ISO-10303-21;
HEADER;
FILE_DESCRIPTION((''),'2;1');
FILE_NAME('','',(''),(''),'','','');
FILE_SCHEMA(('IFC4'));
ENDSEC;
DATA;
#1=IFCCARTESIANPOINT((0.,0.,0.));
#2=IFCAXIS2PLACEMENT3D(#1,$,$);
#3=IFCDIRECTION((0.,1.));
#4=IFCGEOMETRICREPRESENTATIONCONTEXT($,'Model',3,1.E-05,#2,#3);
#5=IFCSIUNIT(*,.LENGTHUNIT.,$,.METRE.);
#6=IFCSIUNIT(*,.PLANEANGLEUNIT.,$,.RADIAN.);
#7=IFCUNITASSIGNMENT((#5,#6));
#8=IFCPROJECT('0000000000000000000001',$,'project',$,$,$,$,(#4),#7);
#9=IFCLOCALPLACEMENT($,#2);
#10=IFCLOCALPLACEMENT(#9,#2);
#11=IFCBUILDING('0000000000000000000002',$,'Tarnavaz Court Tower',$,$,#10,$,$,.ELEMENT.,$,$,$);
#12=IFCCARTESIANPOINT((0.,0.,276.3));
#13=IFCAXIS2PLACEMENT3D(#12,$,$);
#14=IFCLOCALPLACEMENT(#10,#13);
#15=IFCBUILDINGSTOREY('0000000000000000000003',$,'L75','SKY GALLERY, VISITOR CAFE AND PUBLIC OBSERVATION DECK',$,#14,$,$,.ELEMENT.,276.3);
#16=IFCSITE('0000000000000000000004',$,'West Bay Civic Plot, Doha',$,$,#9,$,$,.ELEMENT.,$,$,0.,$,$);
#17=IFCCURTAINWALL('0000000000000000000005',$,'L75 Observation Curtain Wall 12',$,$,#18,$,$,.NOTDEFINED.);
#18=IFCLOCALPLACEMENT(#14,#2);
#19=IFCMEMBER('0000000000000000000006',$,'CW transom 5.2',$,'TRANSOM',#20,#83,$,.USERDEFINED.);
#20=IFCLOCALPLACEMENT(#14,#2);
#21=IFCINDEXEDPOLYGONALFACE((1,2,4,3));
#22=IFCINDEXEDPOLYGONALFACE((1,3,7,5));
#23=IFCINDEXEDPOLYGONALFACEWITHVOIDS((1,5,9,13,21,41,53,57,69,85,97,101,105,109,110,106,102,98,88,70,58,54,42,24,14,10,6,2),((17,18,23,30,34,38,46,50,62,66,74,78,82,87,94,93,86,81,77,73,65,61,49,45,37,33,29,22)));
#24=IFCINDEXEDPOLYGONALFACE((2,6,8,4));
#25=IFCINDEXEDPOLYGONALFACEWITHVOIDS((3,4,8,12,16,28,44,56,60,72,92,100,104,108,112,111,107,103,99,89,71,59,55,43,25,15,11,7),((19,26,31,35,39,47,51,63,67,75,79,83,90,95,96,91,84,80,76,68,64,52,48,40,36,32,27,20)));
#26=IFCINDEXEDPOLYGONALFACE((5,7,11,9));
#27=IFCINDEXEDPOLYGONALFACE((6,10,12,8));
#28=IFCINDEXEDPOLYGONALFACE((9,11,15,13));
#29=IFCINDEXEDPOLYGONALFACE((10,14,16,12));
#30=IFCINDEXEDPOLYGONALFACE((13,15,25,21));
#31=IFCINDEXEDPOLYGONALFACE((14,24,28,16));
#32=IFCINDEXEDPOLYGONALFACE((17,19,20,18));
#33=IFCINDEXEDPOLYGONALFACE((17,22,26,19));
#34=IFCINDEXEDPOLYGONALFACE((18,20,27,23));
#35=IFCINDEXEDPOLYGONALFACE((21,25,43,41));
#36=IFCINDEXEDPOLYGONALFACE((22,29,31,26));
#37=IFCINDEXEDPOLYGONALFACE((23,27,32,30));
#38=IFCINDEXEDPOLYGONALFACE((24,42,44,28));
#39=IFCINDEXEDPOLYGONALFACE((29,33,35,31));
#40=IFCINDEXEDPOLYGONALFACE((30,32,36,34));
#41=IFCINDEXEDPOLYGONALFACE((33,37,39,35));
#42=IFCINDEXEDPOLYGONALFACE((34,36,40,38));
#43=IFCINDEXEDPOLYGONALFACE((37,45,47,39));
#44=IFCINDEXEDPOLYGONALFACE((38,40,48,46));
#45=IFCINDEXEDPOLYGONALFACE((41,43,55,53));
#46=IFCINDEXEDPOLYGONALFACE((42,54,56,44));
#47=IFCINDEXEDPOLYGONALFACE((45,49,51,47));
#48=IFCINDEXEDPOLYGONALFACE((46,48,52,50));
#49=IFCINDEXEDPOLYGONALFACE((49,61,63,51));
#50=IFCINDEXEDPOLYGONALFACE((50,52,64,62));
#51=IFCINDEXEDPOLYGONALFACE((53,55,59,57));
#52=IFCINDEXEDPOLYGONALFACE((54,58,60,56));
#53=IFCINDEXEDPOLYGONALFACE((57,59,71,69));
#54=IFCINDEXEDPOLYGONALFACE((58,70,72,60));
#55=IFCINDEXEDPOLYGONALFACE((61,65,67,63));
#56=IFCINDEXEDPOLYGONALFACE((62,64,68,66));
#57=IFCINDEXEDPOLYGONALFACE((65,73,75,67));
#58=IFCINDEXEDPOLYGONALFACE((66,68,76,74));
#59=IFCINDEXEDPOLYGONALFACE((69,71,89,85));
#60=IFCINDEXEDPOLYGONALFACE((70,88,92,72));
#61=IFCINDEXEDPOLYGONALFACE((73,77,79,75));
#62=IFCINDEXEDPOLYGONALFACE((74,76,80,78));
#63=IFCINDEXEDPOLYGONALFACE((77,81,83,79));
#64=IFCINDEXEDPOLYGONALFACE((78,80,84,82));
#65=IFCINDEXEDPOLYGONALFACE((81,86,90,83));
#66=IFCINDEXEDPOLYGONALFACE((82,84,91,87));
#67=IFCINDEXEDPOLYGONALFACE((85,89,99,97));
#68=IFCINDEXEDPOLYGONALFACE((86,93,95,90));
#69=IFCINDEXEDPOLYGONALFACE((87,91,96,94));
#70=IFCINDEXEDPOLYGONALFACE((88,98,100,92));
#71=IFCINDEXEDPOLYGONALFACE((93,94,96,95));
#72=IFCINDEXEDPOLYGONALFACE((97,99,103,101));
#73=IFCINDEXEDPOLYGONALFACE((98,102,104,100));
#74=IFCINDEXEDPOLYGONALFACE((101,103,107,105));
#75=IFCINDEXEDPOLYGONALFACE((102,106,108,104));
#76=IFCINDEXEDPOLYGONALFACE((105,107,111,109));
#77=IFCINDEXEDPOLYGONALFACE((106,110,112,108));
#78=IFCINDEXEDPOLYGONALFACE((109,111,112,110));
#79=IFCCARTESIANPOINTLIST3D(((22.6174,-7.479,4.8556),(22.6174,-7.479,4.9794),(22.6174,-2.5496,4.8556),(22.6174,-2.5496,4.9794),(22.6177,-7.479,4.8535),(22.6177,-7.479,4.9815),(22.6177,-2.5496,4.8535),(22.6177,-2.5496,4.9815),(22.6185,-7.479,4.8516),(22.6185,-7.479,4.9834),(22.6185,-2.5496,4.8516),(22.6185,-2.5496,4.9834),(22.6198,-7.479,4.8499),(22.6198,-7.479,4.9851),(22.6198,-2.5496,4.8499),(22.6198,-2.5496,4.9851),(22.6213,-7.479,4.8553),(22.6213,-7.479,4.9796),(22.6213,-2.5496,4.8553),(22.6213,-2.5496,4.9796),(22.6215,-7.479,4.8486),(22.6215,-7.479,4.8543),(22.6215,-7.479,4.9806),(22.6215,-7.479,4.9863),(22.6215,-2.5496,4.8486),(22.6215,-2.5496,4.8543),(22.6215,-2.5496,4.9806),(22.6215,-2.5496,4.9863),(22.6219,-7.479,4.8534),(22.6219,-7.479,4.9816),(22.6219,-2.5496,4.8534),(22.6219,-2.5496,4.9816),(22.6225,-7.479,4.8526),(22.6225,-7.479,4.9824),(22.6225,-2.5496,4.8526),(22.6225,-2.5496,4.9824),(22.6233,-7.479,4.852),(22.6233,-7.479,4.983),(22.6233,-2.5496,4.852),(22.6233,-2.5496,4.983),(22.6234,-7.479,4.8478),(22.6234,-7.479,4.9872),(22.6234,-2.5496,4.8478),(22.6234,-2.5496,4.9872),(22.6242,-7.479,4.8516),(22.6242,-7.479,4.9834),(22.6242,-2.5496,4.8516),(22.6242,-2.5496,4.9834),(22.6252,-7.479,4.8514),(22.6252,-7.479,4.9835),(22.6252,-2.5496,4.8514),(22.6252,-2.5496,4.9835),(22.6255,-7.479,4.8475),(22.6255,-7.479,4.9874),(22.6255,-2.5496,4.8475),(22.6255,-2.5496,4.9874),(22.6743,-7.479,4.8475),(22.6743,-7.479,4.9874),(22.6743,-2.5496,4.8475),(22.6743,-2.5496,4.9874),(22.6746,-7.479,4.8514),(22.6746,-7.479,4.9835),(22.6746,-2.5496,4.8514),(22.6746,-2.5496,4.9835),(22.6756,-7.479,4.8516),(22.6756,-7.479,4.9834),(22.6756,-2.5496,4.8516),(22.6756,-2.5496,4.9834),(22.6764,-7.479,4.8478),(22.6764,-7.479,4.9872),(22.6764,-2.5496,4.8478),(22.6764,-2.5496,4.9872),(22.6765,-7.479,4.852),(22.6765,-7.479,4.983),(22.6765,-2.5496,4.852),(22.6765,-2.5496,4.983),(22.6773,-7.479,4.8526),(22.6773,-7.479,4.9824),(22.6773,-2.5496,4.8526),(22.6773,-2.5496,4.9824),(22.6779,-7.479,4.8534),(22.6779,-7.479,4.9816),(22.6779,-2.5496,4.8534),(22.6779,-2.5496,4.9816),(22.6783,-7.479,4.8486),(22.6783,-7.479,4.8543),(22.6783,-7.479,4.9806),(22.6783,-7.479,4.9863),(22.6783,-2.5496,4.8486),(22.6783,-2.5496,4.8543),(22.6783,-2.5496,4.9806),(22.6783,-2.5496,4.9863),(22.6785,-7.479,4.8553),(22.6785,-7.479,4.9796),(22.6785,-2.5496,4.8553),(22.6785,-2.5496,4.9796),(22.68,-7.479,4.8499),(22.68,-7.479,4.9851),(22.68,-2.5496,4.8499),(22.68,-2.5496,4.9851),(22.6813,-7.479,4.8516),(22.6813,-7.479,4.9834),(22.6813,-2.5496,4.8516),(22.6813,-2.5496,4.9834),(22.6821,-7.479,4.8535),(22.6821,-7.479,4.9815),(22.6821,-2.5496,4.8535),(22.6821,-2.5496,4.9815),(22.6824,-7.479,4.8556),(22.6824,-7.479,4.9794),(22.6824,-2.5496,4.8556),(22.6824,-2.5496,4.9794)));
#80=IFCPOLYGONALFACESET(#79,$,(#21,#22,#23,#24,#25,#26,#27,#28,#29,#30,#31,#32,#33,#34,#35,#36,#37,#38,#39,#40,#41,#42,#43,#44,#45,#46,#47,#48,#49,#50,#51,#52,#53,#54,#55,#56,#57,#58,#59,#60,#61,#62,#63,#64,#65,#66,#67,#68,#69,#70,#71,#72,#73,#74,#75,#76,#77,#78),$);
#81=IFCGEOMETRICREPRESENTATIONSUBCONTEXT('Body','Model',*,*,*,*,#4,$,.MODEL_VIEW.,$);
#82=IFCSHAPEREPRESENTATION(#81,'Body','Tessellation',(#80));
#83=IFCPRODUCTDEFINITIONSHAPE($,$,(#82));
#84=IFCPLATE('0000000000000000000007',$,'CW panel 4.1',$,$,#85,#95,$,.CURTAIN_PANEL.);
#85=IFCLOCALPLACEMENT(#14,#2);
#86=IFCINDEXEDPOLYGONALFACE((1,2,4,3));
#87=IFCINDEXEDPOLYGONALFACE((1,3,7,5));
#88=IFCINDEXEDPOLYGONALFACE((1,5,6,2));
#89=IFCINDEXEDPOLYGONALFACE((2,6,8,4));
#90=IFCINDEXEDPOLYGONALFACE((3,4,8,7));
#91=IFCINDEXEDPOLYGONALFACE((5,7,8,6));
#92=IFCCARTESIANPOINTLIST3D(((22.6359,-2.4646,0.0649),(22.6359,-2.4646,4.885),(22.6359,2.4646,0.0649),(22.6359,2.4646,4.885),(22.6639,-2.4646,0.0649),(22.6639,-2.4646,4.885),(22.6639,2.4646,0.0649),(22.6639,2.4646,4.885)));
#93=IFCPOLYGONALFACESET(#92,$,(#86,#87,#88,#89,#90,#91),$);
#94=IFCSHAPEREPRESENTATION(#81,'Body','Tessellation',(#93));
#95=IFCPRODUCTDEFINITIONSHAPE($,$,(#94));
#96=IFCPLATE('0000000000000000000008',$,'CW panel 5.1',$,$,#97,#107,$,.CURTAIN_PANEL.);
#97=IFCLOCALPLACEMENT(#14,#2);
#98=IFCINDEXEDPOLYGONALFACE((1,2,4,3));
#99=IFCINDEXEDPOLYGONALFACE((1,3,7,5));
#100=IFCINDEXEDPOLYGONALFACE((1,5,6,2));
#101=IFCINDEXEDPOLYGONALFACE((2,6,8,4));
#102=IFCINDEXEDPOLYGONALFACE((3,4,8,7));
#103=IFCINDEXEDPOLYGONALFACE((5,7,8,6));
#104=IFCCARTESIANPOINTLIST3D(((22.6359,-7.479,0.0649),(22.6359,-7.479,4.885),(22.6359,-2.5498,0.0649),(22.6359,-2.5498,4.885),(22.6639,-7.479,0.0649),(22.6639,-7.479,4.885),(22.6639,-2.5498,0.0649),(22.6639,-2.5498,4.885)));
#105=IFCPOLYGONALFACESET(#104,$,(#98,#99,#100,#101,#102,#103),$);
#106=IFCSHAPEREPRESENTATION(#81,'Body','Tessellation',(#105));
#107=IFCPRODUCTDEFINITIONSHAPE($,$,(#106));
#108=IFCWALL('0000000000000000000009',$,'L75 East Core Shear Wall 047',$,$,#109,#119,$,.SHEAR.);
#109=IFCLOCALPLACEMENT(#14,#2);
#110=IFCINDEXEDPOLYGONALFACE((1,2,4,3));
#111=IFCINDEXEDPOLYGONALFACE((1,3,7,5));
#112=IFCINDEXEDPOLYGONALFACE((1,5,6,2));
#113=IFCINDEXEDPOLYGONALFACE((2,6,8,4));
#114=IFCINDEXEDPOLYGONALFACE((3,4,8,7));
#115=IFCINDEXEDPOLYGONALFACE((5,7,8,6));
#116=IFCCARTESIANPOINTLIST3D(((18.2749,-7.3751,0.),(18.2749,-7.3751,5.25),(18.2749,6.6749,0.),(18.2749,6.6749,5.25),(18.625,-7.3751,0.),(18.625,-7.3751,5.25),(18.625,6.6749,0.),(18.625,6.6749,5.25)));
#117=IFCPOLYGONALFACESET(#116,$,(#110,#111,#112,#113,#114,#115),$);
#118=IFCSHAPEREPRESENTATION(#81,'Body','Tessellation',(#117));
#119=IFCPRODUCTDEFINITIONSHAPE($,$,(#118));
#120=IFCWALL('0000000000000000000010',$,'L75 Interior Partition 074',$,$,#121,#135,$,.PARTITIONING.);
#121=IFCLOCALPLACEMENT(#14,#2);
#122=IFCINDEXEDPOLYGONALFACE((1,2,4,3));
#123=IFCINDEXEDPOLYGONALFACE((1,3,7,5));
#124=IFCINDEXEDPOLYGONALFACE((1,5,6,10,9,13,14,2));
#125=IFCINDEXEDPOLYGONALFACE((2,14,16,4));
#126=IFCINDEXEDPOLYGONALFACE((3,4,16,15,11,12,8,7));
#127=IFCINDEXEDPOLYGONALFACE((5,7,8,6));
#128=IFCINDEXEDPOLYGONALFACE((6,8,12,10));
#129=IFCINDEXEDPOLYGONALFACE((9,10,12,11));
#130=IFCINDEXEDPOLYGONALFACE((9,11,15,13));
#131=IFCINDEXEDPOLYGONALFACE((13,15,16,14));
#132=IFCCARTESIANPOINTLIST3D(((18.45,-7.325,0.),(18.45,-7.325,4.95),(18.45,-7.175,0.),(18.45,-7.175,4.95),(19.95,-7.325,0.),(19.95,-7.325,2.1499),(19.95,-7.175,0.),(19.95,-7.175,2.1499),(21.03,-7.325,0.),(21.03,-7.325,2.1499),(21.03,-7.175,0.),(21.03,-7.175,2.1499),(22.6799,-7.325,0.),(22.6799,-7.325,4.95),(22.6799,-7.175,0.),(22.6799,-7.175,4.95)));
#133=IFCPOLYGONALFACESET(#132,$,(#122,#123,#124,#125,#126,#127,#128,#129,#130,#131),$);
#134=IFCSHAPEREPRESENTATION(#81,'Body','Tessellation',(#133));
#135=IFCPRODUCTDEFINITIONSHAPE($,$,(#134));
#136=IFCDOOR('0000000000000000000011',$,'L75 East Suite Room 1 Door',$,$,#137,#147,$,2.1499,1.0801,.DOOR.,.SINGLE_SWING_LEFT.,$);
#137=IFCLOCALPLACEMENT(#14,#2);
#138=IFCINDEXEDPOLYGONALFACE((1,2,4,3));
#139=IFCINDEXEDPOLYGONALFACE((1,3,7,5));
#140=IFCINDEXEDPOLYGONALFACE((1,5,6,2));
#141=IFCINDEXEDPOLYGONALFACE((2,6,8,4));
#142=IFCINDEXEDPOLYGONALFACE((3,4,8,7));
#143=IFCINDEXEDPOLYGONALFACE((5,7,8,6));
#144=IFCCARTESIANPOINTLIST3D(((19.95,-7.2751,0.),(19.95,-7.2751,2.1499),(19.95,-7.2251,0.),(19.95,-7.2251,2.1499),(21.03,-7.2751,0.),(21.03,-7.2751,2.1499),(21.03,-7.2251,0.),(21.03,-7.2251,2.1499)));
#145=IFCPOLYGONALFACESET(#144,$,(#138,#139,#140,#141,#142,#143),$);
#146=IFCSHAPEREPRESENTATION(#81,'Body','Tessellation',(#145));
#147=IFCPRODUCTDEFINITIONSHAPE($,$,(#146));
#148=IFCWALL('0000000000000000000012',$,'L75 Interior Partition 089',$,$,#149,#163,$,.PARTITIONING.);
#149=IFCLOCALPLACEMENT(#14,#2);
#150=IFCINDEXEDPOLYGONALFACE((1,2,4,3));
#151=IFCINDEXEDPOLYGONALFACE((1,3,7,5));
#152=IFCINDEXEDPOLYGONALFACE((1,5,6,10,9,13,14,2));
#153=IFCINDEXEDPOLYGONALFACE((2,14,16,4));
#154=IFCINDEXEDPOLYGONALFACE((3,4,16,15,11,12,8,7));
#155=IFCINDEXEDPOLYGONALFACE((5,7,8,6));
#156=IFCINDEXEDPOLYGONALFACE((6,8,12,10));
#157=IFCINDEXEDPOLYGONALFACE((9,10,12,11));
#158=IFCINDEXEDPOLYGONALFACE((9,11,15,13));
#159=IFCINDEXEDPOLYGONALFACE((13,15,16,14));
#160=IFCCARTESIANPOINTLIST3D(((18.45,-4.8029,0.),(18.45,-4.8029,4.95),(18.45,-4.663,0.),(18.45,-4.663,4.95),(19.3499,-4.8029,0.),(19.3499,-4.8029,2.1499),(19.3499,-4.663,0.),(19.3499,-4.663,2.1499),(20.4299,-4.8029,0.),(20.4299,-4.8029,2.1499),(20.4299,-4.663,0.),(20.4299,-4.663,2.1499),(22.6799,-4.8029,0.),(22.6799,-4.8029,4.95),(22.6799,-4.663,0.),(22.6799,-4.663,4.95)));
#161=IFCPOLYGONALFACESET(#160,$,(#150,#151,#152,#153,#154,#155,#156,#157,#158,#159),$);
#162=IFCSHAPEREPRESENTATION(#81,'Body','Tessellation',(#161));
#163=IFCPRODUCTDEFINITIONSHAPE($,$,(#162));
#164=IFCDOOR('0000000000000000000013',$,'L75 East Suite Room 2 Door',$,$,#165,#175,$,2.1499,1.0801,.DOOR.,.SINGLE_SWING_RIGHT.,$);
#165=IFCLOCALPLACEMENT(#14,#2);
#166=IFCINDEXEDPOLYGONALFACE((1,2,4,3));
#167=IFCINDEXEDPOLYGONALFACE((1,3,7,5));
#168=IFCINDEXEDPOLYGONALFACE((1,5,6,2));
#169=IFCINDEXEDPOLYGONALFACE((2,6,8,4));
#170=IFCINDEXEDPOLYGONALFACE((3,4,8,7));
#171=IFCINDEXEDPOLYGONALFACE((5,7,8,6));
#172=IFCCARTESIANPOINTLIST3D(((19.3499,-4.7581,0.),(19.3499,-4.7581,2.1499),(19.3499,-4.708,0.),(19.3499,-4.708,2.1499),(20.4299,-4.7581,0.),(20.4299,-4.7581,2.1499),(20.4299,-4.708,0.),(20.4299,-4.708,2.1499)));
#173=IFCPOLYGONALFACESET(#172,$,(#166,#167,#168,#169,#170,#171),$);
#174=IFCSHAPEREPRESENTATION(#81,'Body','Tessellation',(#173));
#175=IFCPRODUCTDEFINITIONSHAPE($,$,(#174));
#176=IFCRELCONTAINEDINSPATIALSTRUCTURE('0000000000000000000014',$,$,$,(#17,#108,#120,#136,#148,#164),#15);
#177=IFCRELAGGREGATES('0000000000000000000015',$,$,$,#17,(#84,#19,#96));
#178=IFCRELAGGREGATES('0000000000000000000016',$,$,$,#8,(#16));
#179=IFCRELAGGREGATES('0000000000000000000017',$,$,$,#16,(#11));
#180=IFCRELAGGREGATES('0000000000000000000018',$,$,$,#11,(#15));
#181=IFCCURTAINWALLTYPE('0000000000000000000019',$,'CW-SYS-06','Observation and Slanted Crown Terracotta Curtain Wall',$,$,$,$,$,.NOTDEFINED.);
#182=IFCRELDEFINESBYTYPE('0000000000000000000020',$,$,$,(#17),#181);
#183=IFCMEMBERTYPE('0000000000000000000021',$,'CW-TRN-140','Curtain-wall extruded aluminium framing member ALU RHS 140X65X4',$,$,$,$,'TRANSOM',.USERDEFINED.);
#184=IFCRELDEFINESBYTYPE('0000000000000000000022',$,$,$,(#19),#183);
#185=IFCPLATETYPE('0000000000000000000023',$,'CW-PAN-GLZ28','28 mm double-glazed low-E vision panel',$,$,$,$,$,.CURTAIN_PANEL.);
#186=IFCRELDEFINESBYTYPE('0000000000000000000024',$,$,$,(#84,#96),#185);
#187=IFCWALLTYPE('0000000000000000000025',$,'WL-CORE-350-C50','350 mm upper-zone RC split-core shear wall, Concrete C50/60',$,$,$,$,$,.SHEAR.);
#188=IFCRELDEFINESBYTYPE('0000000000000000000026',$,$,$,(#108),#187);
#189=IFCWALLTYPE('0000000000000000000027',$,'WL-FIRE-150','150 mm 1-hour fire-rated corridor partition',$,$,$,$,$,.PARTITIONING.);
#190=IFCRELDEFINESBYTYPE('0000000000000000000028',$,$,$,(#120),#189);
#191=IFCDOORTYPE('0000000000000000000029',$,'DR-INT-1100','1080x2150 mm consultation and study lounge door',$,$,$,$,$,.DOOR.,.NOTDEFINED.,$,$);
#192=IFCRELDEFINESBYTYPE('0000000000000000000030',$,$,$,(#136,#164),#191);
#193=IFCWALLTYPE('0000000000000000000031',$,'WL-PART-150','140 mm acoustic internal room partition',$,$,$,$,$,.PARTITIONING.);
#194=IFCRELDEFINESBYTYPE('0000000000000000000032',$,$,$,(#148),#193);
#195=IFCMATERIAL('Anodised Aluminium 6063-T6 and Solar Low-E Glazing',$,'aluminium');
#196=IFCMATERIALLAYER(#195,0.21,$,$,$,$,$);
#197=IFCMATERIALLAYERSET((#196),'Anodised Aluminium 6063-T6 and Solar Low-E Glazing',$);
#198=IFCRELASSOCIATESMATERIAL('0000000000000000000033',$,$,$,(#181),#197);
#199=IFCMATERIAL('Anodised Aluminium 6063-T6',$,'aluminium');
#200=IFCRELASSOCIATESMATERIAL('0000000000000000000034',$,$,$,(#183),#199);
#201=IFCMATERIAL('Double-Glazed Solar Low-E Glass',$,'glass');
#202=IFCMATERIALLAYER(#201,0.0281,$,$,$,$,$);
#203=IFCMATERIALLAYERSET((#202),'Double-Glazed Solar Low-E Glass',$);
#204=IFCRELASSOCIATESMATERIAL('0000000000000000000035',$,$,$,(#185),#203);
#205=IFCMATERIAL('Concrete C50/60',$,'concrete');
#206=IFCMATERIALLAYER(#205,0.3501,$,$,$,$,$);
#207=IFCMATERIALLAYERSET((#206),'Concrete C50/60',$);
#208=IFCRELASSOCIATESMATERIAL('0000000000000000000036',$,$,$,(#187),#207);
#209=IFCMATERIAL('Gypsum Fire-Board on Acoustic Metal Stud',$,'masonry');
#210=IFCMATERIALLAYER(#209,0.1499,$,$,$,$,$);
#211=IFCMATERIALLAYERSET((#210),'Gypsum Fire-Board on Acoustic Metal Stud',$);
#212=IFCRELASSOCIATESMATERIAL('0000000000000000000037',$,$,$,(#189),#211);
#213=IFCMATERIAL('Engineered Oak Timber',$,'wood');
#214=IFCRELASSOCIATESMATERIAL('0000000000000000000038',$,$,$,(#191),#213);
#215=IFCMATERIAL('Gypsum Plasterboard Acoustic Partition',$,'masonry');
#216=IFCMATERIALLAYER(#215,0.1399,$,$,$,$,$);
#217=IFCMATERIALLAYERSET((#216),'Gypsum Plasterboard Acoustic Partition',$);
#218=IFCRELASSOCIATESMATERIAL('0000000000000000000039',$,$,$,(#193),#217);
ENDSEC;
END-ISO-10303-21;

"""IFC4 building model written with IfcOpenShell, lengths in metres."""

from ifc_helpers import new_model, si_unit, direction, frame, frame_2d, origin, origin_2d, place, context, subcontext, project, spatial, rectangle, hollow_rectangle, extrude, material, layer, layer_set, material_profile, profile_set, type_object, element, fill, aggregate, save


model = new_model("IFC4")

# Units and contexts
model_context = context("Model", 3, precision=1e-05, world=origin(), true_north=direction((0.0, 1.0)))
body_context = subcontext(model_context, "Body", "Model", "MODEL_VIEW")
ifc_project = project(units=[si_unit("LENGTHUNIT", "METRE"), si_unit("PLANEANGLEUNIT", "RADIAN")], contexts=[model_context])

# Site, building, storey
site_placement = place(None, origin())
site = spatial("IfcSite", under=ifc_project, at=site_placement, Name="West Bay Civic Plot, Doha", CompositionType="ELEMENT", RefElevation=0.0)
building_placement = place(site_placement, origin())
building = spatial("IfcBuilding", under=site, at=building_placement, Name="Tarnavaz Court Tower", CompositionType="ELEMENT")
storey_placement = place(building_placement, frame((0.0, 0.0, 276.3)))
storey = spatial("IfcBuildingStorey", under=building, at=storey_placement, Name="L75", Description="SKY GALLERY, VISITOR CAFE AND PUBLIC OBSERVATION DECK", CompositionType="ELEMENT", Elevation=276.3)

# Shared definitions
ifc_material_1 = material(Name="Concrete C50/60", Category="concrete")

# Curtain wall, member, plates
ifc_material_2 = material(Name="Anodised Aluminium 6063-T6 and Solar Low-E Glazing", Category="aluminium")
ifc_layer_1 = layer(ifc_material_2, 0.21)
ifc_layer_set_1 = layer_set([ifc_layer_1], Name="Anodised Aluminium 6063-T6 and Solar Low-E Glazing")
curtain_wall_type = type_object("IfcCurtainWallType", Name="CW-SYS-06", Description="Observation and Slanted Crown Terracotta Curtain Wall", PredefinedType="NOTDEFINED", material=ifc_layer_set_1)
curtain_wall_placement = place(storey_placement, origin())
curtain_wall = element("IfcCurtainWall", 1, at=curtain_wall_placement, inside=storey, type_object=curtain_wall_type, Name="L75 Observation Curtain Wall 12", PredefinedType="NOTDEFINED")
ifc_material_3 = material(Name="Anodised Aluminium 6063-T6", Category="aluminium")
ifc_material_profile_1 = material_profile(ifc_material_3, hollow_rectangle(XDim=0.0649, YDim=0.1399, WallThickness=0.0039, InnerFilletRadius=0.0039, OuterFilletRadius=0.0081, at=origin_2d()), Name="ALU RHS 140X65X4")
ifc_profile_set_1 = profile_set([ifc_material_profile_1], Name="Anodised Aluminium 6063-T6")
member_type_1 = type_object("IfcMemberType", Name="CW-TRN-140", Description="Curtain-wall extruded aluminium framing member ALU RHS 140X65X4", ElementType="TRANSOM", PredefinedType="USERDEFINED", material=ifc_profile_set_1)
member_1_placement = place(storey_placement, frame((22.6499, -2.5496, 4.9175), z_axis=(0.0, -1.0, 0.0), x_axis=(1.0, 0.0, 0.0)))
member_1 = element("IfcMember", 2, at=member_1_placement, type_object=member_type_1, Name="CW transom 5.2", ObjectType="TRANSOM", PredefinedType="USERDEFINED", context=body_context, shape_type="SweptSolid", body=[
    extrude(hollow_rectangle(XDim=0.0649, YDim=0.1399, WallThickness=0.0039, InnerFilletRadius=0.0039, OuterFilletRadius=0.0081, at=origin_2d()), origin(), (0.0, 0.0, 1.0), 4.9294),
])
ifc_material_4 = material(Name="Double-Glazed Solar Low-E Glass", Category="glass")
ifc_layer_2 = layer(ifc_material_4, 0.0281)
ifc_layer_set_2 = layer_set([ifc_layer_2], Name="Double-Glazed Solar Low-E Glass")
plate_type = type_object("IfcPlateType", Name="CW-PAN-GLZ28", Description="28 mm double-glazed low-E vision panel", PredefinedType="CURTAIN_PANEL", material=ifc_layer_set_2)
plate_1_placement = place(storey_placement, frame((22.6499, 0.0, 0.0649), z_axis=(0.0, 0.0, 1.0), x_axis=(0.0, -1.0, 0.0)))
plate_1 = element("IfcPlate", 3, at=plate_1_placement, type_object=plate_type, Name="CW panel 4.1", PredefinedType="CURTAIN_PANEL", context=body_context, shape_type="SweptSolid", body=[
    extrude(rectangle(XDim=4.9292, YDim=0.0281, at=origin_2d()), origin(), (0.0, 0.0, 1.0), 4.8201),
])
plate_2_placement = place(storey_placement, frame((22.6499, -5.0144, 0.0649), z_axis=(0.0, 0.0, 1.0), x_axis=(0.0, -1.0, 0.0)))
plate_2 = element("IfcPlate", 4, at=plate_2_placement, type_object=plate_type, Name="CW panel 5.1", PredefinedType="CURTAIN_PANEL", context=body_context, shape_type="SweptSolid", body=[
    extrude(rectangle(XDim=4.9292, YDim=0.0281, at=origin_2d()), origin(), (0.0, 0.0, 1.0), 4.8201),
])
aggregate(curtain_wall, [plate_1, member_1, plate_2])

# Wall
ifc_layer_3 = layer(ifc_material_1, 0.3501)
ifc_layer_set_3 = layer_set([ifc_layer_3], Name="Concrete C50/60")
wall_type_1 = type_object("IfcWallType", Name="WL-CORE-350-C50", Description="350 mm upper-zone RC split-core shear wall, Concrete C50/60", PredefinedType="SHEAR", material=ifc_layer_set_3)
wall_1_placement = place(storey_placement, frame((18.45, -7.375, 0.0), z_axis=(0.0, 0.0, 1.0), x_axis=(0.0, 1.0, 0.0)))
element("IfcWall", 5, at=wall_1_placement, inside=storey, type_object=wall_type_1, Name="L75 East Core Shear Wall 047", PredefinedType="SHEAR", context=body_context, shape_type="SweptSolid", body=[
    extrude(rectangle(XDim=14.05, YDim=0.3501, at=frame_2d((7.0249, 0.0))), origin(), (0.0, 0.0, 1.0), 5.25),
])

# Walls, openings, doors
ifc_material_5 = material(Name="Gypsum Fire-Board on Acoustic Metal Stud", Category="masonry")
ifc_layer_4 = layer(ifc_material_5, 0.1499)
ifc_layer_set_4 = layer_set([ifc_layer_4], Name="Gypsum Fire-Board on Acoustic Metal Stud")
wall_type_2 = type_object("IfcWallType", Name="WL-FIRE-150", Description="150 mm 1-hour fire-rated corridor partition", PredefinedType="PARTITIONING", material=ifc_layer_set_4)
wall_2_placement = place(storey_placement, frame((18.45, -7.25, 0.0), z_axis=(0.0, 0.0, 1.0), x_axis=(1.0, 0.0, 0.0)))
wall_2 = element("IfcWall", 6, at=wall_2_placement, inside=storey, type_object=wall_type_2, Name="L75 Interior Partition 074", PredefinedType="PARTITIONING", context=body_context, shape_type="SweptSolid", body=[
    extrude(rectangle(XDim=4.23, YDim=0.1499, at=frame_2d((2.115, 0.0))), origin(), (0.0, 0.0, 1.0), 4.95),
])
opening_1_placement = place(wall_2_placement, frame((1.5, 0.0, 0.0)))
opening_1 = element("IfcOpeningElement", 7, at=opening_1_placement, cuts=wall_2, PredefinedType="OPENING", context=body_context, shape_type="SweptSolid", body=[
    extrude(rectangle(XDim=1.0801, YDim=2.1499, at=frame_2d((0.54, 1.075))), frame((0.0, 0.085, 0.0), z_axis=(0.0, -1.0, 0.0), x_axis=(1.0, 0.0, 0.0)), (0.0, 0.0, 1.0), 0.1699),
])
ifc_material_6 = material(Name="Engineered Oak Timber", Category="wood")
door_type_1 = type_object("IfcDoorType", Name="DR-INT-1100", Description="1080x2150 mm consultation and study lounge door", OperationType="NOTDEFINED", PredefinedType="DOOR", material=ifc_material_6)
door_1_placement = place(opening_1_placement, origin())
door_1 = element("IfcDoor", 8, at=door_1_placement, inside=storey, type_object=door_type_1, Name="L75 East Suite Room 1 Door", OperationType="SINGLE_SWING_LEFT", OverallHeight=2.1499, OverallWidth=1.0801, PredefinedType="DOOR", context=body_context, shape_type="SweptSolid", body=[
    extrude(rectangle(XDim=1.0801, YDim=2.1499, at=frame_2d((0.54, 1.075))), frame((0.0, 0.0249, 0.0), z_axis=(0.0, -1.0, 0.0), x_axis=(1.0, 0.0, 0.0)), (0.0, 0.0, 1.0), 0.05),
])
fill(opening_1, door_1)
ifc_material_7 = material(Name="Gypsum Plasterboard Acoustic Partition", Category="masonry")
ifc_layer_5 = layer(ifc_material_7, 0.1399)
ifc_layer_set_5 = layer_set([ifc_layer_5], Name="Gypsum Plasterboard Acoustic Partition")
wall_type_3 = type_object("IfcWallType", Name="WL-PART-150", Description="140 mm acoustic internal room partition", PredefinedType="PARTITIONING", material=ifc_layer_set_5)
wall_3_placement = place(storey_placement, frame((18.45, -4.7329, 0.0), z_axis=(0.0, 0.0, 1.0), x_axis=(1.0, 0.0, 0.0)))
wall_3 = element("IfcWall", 9, at=wall_3_placement, inside=storey, type_object=wall_type_3, Name="L75 Interior Partition 089", PredefinedType="PARTITIONING", context=body_context, shape_type="SweptSolid", body=[
    extrude(rectangle(XDim=4.23, YDim=0.1399, at=frame_2d((2.115, 0.0))), origin(), (0.0, 0.0, 1.0), 4.95),
])
opening_2_placement = place(wall_3_placement, frame((0.8999, 0.0, 0.0)))
opening_2 = element("IfcOpeningElement", 10, at=opening_2_placement, cuts=wall_3, PredefinedType="OPENING", context=body_context, shape_type="SweptSolid", body=[
    extrude(rectangle(XDim=1.0801, YDim=2.1499, at=frame_2d((0.54, 1.075))), frame((0.0, 0.0798, 0.0), z_axis=(0.0, -1.0, 0.0), x_axis=(1.0, 0.0, 0.0)), (0.0, 0.0, 1.0), 0.1599),
])
door_2_placement = place(opening_2_placement, origin())
door_2 = element("IfcDoor", 11, at=door_2_placement, inside=storey, type_object=door_type_1, Name="L75 East Suite Room 2 Door", OperationType="SINGLE_SWING_RIGHT", OverallHeight=2.1499, OverallWidth=1.0801, PredefinedType="DOOR", context=body_context, shape_type="SweptSolid", body=[
    extrude(rectangle(XDim=1.0801, YDim=2.1499, at=frame_2d((0.54, 1.075))), frame((0.0, 0.0249, 0.0), z_axis=(0.0, -1.0, 0.0), x_axis=(1.0, 0.0, 0.0)), (0.0, 0.0, 1.0), 0.05),
])
fill(opening_2, door_2)

save(model, "model.ifc")
